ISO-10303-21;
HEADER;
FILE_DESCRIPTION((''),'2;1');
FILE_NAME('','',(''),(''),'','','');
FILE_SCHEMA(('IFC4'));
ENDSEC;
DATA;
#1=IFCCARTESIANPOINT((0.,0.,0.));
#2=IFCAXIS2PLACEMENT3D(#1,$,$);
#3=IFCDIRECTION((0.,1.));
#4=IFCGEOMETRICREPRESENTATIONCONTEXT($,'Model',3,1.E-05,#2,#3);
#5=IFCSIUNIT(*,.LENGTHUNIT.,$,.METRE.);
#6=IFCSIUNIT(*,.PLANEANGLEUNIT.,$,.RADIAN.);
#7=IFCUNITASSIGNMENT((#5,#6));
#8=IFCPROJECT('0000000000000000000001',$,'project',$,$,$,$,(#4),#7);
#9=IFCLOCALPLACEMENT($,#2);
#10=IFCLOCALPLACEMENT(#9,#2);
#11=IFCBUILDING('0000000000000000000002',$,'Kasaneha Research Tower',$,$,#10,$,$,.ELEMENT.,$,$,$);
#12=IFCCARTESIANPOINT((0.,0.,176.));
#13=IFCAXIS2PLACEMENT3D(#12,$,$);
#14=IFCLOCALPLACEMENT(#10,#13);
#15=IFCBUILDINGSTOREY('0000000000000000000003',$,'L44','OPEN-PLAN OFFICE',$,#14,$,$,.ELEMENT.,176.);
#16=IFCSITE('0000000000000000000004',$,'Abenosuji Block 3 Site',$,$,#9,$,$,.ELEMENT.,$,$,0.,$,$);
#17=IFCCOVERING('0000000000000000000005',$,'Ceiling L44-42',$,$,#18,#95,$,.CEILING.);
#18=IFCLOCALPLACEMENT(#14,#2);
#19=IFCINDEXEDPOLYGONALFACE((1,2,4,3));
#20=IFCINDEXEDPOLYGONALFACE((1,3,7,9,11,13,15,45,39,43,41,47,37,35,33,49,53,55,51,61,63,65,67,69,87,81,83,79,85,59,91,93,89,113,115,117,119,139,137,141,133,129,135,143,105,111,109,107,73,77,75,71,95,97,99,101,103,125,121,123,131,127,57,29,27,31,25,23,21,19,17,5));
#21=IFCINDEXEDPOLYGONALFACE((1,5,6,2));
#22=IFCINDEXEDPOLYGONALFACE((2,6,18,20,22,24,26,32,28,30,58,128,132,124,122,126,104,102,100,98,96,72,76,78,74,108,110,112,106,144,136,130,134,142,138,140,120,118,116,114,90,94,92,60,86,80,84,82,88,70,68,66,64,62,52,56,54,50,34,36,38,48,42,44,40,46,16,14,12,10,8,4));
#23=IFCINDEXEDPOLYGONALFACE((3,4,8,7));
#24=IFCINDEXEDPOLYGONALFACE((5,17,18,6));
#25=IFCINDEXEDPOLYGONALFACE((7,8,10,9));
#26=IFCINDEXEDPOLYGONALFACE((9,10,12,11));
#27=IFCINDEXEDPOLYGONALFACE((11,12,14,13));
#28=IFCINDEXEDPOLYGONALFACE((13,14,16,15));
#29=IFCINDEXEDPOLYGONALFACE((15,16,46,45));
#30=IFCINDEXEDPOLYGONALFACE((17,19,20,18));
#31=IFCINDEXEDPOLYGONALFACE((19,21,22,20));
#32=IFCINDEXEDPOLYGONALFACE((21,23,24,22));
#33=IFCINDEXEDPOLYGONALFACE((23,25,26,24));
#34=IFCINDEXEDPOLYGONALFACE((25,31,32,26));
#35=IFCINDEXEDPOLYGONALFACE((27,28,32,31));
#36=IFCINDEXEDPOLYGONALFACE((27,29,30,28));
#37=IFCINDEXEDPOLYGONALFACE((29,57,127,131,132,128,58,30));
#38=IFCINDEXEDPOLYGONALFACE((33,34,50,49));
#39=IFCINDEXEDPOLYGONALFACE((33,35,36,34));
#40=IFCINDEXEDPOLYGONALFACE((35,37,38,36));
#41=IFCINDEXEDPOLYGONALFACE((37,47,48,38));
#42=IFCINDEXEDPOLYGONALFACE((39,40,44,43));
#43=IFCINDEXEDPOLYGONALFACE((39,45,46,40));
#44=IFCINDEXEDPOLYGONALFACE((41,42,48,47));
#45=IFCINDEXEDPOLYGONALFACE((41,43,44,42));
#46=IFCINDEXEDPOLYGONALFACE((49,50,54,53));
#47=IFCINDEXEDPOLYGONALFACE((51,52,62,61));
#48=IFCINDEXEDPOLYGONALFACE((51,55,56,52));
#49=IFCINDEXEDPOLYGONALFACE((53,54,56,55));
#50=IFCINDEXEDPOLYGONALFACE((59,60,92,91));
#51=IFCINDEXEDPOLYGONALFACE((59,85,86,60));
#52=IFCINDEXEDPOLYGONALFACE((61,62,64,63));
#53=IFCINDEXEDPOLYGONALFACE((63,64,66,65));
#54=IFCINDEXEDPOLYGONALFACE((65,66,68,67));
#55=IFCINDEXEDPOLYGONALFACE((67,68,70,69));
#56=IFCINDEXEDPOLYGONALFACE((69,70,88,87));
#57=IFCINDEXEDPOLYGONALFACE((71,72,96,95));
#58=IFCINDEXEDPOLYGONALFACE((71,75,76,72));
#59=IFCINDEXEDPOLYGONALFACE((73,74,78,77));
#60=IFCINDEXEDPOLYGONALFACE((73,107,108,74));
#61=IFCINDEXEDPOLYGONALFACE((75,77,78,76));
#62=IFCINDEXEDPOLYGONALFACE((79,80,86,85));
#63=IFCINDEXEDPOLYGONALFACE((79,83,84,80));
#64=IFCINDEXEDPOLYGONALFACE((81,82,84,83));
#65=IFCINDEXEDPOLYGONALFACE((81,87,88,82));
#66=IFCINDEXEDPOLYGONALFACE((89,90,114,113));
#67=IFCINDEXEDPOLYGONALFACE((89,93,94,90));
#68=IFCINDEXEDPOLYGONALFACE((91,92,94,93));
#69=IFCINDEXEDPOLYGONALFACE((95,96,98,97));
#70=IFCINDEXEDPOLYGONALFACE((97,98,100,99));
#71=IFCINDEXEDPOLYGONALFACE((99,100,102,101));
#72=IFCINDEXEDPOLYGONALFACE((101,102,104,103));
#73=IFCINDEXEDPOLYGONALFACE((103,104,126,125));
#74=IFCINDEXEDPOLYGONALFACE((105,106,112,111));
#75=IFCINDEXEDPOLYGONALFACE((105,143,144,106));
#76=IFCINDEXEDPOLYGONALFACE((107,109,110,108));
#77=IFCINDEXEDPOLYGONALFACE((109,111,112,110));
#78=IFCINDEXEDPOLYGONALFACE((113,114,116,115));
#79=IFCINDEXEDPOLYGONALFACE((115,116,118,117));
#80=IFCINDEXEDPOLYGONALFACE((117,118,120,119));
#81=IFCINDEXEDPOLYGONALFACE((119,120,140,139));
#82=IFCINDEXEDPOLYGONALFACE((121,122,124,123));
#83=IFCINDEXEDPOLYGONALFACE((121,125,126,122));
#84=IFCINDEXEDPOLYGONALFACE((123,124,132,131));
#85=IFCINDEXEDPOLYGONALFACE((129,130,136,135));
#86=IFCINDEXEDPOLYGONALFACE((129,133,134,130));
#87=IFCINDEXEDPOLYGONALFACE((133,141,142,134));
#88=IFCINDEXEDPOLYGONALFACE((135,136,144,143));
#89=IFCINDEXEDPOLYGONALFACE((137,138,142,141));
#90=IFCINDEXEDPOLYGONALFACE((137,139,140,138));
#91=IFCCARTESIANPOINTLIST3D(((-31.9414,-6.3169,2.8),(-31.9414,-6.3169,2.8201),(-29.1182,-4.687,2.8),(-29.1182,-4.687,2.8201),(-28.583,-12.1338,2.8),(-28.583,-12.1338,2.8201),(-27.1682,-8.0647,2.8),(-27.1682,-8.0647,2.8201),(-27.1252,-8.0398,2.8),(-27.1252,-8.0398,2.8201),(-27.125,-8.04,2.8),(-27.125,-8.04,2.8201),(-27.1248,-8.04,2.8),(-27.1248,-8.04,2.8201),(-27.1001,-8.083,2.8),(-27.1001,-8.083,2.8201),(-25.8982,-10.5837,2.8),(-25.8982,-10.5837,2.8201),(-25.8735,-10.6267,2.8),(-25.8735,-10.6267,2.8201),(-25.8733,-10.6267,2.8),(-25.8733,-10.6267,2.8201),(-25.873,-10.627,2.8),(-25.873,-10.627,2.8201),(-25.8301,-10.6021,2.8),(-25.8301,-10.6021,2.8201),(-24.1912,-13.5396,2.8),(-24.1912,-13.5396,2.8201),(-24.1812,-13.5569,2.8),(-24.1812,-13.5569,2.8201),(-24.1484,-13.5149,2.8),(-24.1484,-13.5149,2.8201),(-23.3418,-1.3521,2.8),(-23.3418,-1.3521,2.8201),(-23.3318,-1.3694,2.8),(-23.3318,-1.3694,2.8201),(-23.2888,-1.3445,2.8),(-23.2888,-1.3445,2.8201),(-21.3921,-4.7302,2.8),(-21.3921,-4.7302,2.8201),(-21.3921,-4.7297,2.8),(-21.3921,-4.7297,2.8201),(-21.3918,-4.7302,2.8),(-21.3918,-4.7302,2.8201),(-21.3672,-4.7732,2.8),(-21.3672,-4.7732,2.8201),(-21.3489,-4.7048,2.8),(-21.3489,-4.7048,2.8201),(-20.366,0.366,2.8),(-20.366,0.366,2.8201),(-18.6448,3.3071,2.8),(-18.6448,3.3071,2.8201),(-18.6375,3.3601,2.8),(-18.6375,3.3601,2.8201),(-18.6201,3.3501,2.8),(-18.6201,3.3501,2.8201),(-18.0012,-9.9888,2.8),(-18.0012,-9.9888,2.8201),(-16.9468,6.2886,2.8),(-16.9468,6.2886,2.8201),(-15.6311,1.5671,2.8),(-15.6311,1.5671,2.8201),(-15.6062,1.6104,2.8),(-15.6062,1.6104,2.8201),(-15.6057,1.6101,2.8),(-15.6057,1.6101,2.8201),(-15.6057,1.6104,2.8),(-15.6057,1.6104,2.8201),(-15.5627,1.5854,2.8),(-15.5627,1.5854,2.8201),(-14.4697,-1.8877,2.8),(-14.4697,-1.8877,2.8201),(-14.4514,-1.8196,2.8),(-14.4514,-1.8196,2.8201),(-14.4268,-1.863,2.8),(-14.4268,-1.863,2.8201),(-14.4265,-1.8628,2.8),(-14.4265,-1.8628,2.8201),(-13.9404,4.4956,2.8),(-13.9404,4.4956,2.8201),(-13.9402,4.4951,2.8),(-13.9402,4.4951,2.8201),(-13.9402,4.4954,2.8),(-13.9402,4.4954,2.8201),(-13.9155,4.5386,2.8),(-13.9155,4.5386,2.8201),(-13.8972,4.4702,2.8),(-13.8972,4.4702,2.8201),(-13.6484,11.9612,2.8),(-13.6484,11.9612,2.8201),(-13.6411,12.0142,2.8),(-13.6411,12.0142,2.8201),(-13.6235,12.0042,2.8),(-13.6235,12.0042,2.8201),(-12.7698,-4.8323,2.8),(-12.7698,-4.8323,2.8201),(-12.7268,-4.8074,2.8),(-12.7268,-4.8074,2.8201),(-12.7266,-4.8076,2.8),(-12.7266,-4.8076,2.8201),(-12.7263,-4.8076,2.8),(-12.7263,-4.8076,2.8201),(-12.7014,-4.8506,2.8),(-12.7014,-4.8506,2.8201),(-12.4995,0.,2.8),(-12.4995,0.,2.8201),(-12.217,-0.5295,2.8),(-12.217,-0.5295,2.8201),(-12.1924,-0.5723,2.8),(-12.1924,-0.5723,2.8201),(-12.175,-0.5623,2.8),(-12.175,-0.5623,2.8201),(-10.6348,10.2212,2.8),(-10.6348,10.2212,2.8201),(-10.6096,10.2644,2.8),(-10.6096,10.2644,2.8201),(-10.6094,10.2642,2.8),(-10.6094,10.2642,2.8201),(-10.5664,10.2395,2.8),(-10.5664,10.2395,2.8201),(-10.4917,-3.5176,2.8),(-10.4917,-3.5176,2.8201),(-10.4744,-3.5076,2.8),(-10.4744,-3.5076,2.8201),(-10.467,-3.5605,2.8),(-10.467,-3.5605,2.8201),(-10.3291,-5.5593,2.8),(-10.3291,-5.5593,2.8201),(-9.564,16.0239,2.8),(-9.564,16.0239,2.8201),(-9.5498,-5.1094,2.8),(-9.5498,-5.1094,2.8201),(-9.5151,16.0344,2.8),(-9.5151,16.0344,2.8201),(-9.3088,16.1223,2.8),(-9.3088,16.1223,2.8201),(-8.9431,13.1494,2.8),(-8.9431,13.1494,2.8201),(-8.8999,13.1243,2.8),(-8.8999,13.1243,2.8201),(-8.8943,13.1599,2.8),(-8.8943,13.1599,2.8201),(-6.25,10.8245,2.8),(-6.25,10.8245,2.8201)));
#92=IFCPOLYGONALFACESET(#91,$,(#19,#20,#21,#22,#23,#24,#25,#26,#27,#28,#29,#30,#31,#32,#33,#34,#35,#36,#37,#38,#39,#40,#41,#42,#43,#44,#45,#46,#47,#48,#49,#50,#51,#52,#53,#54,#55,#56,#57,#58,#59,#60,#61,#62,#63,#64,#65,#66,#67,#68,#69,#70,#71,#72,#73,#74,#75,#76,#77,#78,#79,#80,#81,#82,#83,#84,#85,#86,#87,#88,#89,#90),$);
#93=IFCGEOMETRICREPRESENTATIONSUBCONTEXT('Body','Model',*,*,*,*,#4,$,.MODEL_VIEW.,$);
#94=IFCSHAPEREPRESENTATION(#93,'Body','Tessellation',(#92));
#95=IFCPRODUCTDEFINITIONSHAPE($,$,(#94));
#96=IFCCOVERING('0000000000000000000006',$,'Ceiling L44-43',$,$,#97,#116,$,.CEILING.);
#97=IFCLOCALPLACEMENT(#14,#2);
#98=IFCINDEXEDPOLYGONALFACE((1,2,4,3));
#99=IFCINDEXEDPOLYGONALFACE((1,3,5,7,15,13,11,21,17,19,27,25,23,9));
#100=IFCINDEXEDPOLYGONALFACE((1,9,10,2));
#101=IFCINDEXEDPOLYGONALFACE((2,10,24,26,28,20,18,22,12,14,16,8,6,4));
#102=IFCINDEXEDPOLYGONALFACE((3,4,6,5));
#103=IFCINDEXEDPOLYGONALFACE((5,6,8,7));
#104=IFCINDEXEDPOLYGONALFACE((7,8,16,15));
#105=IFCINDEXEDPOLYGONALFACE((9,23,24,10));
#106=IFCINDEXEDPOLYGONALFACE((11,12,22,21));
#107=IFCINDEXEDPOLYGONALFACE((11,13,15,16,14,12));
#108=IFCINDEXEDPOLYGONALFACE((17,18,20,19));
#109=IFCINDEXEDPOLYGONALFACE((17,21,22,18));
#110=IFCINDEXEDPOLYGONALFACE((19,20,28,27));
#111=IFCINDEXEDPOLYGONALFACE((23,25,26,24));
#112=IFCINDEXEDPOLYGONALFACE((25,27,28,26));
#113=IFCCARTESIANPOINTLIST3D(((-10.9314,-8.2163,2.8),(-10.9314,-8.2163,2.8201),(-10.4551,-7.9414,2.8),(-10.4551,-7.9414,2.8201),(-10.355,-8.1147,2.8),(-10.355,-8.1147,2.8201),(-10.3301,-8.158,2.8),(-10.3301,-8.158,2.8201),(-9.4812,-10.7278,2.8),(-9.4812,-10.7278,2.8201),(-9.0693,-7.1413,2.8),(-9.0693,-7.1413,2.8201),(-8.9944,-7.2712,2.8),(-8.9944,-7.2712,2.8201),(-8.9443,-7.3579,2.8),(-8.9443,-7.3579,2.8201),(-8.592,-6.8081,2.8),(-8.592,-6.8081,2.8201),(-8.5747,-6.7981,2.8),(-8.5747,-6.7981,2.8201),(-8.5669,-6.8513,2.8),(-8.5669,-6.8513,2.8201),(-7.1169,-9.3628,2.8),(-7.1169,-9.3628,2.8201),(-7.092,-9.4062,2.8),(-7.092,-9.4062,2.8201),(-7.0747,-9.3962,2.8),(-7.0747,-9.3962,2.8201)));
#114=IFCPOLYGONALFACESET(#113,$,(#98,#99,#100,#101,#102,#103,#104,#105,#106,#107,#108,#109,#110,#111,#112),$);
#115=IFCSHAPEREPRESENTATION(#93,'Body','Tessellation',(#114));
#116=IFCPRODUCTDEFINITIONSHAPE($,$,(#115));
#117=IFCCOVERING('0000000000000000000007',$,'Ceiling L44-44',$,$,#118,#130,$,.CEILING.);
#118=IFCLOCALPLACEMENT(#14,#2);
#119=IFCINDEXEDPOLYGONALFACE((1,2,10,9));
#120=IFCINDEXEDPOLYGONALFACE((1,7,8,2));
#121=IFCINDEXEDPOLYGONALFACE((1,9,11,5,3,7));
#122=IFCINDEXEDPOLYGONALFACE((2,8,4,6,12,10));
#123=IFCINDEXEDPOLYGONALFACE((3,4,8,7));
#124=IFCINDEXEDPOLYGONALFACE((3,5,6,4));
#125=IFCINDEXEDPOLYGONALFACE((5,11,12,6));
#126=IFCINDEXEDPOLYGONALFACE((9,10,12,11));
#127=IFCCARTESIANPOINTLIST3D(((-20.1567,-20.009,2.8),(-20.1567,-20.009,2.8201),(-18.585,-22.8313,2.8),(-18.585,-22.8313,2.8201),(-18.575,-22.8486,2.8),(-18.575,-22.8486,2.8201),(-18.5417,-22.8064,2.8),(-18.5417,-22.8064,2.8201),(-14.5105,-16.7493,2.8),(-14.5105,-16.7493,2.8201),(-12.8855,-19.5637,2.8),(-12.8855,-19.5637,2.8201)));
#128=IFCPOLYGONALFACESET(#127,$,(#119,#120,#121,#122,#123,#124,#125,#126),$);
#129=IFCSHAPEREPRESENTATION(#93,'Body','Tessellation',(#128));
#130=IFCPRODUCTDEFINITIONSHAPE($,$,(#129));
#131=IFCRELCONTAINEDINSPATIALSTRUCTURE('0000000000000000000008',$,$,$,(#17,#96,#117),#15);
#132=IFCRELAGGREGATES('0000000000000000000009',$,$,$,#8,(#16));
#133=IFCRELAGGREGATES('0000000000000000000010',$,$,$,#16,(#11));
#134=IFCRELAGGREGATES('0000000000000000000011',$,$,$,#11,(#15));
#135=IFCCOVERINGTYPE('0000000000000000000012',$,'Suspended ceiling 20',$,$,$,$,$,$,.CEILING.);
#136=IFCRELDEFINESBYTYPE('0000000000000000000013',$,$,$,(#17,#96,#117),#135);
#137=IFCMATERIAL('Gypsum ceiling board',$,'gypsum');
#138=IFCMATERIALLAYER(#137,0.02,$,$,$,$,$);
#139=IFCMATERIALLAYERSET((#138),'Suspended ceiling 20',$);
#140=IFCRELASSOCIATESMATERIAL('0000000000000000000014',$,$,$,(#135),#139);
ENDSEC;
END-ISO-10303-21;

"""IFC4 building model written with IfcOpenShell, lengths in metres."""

from ifc_helpers import new_model, si_unit, direction, frame, origin, place, context, subcontext, project, spatial, polyline, outline, extrude, material, layer, layer_set, type_object, element, save


model = new_model("IFC4")

# Units and contexts
model_context = context("Model", 3, precision=1e-05, world=origin(), true_north=direction((0.0, 1.0)))
body_context = subcontext(model_context, "Body", "Model", "MODEL_VIEW")
ifc_project = project(units=[si_unit("LENGTHUNIT", "METRE"), si_unit("PLANEANGLEUNIT", "RADIAN")], contexts=[model_context])

# Site, building, storey
site_placement = place(None, origin())
site = spatial("IfcSite", under=ifc_project, at=site_placement, Name="Abenosuji Block 3 Site", CompositionType="ELEMENT", RefElevation=0.0)
building_placement = place(site_placement, origin())
building = spatial("IfcBuilding", under=site, at=building_placement, Name="Kasaneha Research Tower", CompositionType="ELEMENT")
storey_placement = place(building_placement, frame((0.0, 0.0, 176.0)))
storey = spatial("IfcBuildingStorey", under=building, at=storey_placement, Name="L44", Description="OPEN-PLAN OFFICE", CompositionType="ELEMENT", Elevation=176.0)

# Coverings
ifc_material_1 = material(Name="Gypsum ceiling board", Category="gypsum")
ifc_layer_1 = layer(ifc_material_1, 0.02)
ifc_layer_set_1 = layer_set([ifc_layer_1], Name="Suspended ceiling 20")
covering_type_1 = type_object("IfcCoveringType", Name="Suspended ceiling 20", PredefinedType="CEILING", material=ifc_layer_set_1)
covering_1_placement = place(storey_placement, frame((0.0, 0.0, 2.8)))
element("IfcCovering", 1, at=covering_1_placement, inside=storey, type_object=covering_type_1, Name="Ceiling L44-42", PredefinedType="CEILING", context=body_context, shape_type="SweptSolid", body=[
    extrude(outline(polyline([(-12.1924, -0.5723), (-12.217, -0.5295), (-14.4514, -1.8196), (-14.4265, -1.8628), (-14.4268, -1.863), (-14.4268, -1.863), (-14.4697, -1.8877), (-12.7698, -4.8323), (-12.7268, -4.8074), (-12.7266, -4.8076), (-12.7263, -4.8076), (-12.7014, -4.8506), (-10.467, -3.5605), (-10.4917, -3.5176), (-10.4744, -3.5076), (-9.5498, -5.1094), (-10.3291, -5.5593), (-10.3291, -5.5593), (-18.0012, -9.9888), (-24.1812, -13.5569), (-24.1912, -13.5396), (-24.1484, -13.5149), (-25.8301, -10.6021), (-25.873, -10.627), (-25.8733, -10.6267), (-25.8735, -10.6267), (-25.8982, -10.5837), (-28.583, -12.1338), (-31.9414, -6.3169), (-29.1182, -4.687), (-27.1682, -8.0647), (-27.1252, -8.0398), (-27.125, -8.04), (-27.1248, -8.04), (-27.1001, -8.083), (-21.3672, -4.7732), (-21.3921, -4.7302), (-21.3918, -4.7302), (-21.3921, -4.7297), (-21.3489, -4.7048), (-23.2888, -1.3445), (-23.3318, -1.3694), (-23.3418, -1.3521), (-20.366, 0.366), (-18.6375, 3.3601), (-18.6201, 3.3501), (-18.6448, 3.3071), (-15.6311, 1.5671), (-15.6062, 1.6104), (-15.6057, 1.6101), (-15.6057, 1.6104), (-15.5627, 1.5854), (-13.8972, 4.4702), (-13.9402, 4.4951), (-13.9402, 4.4954), (-13.9404, 4.4956), (-13.9155, 4.5386), (-16.9468, 6.2886), (-13.6411, 12.0142), (-13.6235, 12.0042), (-13.6484, 11.9612), (-10.6348, 10.2212), (-10.6096, 10.2644), (-10.6094, 10.2642), (-10.6094, 10.2642), (-10.5664, 10.2395), (-8.8999, 13.1243), (-8.9431, 13.1494), (-8.8943, 13.1599), (-9.5151, 16.0344), (-9.564, 16.0239), (-9.564, 16.0239), (-9.3088, 16.1223), (-6.25, 10.8245), (-12.4995, 0.0), (-12.175, -0.5623), (-12.1924, -0.5723)])), origin(), (0.0, 0.0, 1.0), 0.02),
])
covering_2_placement = place(storey_placement, frame((0.0, 0.0, 2.8)))
element("IfcCovering", 2, at=covering_2_placement, inside=storey, type_object=covering_type_1, Name="Ceiling L44-43", PredefinedType="CEILING", context=body_context, shape_type="SweptSolid", body=[
    extrude(outline(polyline([(-10.355, -8.1147), (-10.355, -8.1147), (-10.3301, -8.158), (-8.9443, -7.3579), (-8.9944, -7.2712), (-8.9944, -7.2712), (-9.0942, -7.0981), (-9.0942, -7.0981), (-9.0693, -7.1414), (-8.5669, -6.8513), (-8.592, -6.8081), (-8.5747, -6.7981), (-7.0747, -9.3962), (-7.092, -9.4062), (-7.1169, -9.3628), (-9.4812, -10.7278), (-10.9314, -8.2163), (-10.4551, -7.9414), (-10.355, -8.1147)])), origin(), (0.0, 0.0, 1.0), 0.02),
])
covering_3_placement = place(storey_placement, frame((0.0, 0.0, 2.8)))
element("IfcCovering", 3, at=covering_3_placement, inside=storey, type_object=covering_type_1, Name="Ceiling L44-44", PredefinedType="CEILING", context=body_context, shape_type="SweptSolid", body=[
    extrude(outline(polyline([(-18.575, -22.8486), (-18.585, -22.8313), (-18.5417, -22.8064), (-20.1567, -20.009), (-14.5105, -16.7493), (-12.8855, -19.5637), (-18.575, -22.8486)])), origin(), (0.0, 0.0, 1.0), 0.02),
])

save(model, "model.ifc")
